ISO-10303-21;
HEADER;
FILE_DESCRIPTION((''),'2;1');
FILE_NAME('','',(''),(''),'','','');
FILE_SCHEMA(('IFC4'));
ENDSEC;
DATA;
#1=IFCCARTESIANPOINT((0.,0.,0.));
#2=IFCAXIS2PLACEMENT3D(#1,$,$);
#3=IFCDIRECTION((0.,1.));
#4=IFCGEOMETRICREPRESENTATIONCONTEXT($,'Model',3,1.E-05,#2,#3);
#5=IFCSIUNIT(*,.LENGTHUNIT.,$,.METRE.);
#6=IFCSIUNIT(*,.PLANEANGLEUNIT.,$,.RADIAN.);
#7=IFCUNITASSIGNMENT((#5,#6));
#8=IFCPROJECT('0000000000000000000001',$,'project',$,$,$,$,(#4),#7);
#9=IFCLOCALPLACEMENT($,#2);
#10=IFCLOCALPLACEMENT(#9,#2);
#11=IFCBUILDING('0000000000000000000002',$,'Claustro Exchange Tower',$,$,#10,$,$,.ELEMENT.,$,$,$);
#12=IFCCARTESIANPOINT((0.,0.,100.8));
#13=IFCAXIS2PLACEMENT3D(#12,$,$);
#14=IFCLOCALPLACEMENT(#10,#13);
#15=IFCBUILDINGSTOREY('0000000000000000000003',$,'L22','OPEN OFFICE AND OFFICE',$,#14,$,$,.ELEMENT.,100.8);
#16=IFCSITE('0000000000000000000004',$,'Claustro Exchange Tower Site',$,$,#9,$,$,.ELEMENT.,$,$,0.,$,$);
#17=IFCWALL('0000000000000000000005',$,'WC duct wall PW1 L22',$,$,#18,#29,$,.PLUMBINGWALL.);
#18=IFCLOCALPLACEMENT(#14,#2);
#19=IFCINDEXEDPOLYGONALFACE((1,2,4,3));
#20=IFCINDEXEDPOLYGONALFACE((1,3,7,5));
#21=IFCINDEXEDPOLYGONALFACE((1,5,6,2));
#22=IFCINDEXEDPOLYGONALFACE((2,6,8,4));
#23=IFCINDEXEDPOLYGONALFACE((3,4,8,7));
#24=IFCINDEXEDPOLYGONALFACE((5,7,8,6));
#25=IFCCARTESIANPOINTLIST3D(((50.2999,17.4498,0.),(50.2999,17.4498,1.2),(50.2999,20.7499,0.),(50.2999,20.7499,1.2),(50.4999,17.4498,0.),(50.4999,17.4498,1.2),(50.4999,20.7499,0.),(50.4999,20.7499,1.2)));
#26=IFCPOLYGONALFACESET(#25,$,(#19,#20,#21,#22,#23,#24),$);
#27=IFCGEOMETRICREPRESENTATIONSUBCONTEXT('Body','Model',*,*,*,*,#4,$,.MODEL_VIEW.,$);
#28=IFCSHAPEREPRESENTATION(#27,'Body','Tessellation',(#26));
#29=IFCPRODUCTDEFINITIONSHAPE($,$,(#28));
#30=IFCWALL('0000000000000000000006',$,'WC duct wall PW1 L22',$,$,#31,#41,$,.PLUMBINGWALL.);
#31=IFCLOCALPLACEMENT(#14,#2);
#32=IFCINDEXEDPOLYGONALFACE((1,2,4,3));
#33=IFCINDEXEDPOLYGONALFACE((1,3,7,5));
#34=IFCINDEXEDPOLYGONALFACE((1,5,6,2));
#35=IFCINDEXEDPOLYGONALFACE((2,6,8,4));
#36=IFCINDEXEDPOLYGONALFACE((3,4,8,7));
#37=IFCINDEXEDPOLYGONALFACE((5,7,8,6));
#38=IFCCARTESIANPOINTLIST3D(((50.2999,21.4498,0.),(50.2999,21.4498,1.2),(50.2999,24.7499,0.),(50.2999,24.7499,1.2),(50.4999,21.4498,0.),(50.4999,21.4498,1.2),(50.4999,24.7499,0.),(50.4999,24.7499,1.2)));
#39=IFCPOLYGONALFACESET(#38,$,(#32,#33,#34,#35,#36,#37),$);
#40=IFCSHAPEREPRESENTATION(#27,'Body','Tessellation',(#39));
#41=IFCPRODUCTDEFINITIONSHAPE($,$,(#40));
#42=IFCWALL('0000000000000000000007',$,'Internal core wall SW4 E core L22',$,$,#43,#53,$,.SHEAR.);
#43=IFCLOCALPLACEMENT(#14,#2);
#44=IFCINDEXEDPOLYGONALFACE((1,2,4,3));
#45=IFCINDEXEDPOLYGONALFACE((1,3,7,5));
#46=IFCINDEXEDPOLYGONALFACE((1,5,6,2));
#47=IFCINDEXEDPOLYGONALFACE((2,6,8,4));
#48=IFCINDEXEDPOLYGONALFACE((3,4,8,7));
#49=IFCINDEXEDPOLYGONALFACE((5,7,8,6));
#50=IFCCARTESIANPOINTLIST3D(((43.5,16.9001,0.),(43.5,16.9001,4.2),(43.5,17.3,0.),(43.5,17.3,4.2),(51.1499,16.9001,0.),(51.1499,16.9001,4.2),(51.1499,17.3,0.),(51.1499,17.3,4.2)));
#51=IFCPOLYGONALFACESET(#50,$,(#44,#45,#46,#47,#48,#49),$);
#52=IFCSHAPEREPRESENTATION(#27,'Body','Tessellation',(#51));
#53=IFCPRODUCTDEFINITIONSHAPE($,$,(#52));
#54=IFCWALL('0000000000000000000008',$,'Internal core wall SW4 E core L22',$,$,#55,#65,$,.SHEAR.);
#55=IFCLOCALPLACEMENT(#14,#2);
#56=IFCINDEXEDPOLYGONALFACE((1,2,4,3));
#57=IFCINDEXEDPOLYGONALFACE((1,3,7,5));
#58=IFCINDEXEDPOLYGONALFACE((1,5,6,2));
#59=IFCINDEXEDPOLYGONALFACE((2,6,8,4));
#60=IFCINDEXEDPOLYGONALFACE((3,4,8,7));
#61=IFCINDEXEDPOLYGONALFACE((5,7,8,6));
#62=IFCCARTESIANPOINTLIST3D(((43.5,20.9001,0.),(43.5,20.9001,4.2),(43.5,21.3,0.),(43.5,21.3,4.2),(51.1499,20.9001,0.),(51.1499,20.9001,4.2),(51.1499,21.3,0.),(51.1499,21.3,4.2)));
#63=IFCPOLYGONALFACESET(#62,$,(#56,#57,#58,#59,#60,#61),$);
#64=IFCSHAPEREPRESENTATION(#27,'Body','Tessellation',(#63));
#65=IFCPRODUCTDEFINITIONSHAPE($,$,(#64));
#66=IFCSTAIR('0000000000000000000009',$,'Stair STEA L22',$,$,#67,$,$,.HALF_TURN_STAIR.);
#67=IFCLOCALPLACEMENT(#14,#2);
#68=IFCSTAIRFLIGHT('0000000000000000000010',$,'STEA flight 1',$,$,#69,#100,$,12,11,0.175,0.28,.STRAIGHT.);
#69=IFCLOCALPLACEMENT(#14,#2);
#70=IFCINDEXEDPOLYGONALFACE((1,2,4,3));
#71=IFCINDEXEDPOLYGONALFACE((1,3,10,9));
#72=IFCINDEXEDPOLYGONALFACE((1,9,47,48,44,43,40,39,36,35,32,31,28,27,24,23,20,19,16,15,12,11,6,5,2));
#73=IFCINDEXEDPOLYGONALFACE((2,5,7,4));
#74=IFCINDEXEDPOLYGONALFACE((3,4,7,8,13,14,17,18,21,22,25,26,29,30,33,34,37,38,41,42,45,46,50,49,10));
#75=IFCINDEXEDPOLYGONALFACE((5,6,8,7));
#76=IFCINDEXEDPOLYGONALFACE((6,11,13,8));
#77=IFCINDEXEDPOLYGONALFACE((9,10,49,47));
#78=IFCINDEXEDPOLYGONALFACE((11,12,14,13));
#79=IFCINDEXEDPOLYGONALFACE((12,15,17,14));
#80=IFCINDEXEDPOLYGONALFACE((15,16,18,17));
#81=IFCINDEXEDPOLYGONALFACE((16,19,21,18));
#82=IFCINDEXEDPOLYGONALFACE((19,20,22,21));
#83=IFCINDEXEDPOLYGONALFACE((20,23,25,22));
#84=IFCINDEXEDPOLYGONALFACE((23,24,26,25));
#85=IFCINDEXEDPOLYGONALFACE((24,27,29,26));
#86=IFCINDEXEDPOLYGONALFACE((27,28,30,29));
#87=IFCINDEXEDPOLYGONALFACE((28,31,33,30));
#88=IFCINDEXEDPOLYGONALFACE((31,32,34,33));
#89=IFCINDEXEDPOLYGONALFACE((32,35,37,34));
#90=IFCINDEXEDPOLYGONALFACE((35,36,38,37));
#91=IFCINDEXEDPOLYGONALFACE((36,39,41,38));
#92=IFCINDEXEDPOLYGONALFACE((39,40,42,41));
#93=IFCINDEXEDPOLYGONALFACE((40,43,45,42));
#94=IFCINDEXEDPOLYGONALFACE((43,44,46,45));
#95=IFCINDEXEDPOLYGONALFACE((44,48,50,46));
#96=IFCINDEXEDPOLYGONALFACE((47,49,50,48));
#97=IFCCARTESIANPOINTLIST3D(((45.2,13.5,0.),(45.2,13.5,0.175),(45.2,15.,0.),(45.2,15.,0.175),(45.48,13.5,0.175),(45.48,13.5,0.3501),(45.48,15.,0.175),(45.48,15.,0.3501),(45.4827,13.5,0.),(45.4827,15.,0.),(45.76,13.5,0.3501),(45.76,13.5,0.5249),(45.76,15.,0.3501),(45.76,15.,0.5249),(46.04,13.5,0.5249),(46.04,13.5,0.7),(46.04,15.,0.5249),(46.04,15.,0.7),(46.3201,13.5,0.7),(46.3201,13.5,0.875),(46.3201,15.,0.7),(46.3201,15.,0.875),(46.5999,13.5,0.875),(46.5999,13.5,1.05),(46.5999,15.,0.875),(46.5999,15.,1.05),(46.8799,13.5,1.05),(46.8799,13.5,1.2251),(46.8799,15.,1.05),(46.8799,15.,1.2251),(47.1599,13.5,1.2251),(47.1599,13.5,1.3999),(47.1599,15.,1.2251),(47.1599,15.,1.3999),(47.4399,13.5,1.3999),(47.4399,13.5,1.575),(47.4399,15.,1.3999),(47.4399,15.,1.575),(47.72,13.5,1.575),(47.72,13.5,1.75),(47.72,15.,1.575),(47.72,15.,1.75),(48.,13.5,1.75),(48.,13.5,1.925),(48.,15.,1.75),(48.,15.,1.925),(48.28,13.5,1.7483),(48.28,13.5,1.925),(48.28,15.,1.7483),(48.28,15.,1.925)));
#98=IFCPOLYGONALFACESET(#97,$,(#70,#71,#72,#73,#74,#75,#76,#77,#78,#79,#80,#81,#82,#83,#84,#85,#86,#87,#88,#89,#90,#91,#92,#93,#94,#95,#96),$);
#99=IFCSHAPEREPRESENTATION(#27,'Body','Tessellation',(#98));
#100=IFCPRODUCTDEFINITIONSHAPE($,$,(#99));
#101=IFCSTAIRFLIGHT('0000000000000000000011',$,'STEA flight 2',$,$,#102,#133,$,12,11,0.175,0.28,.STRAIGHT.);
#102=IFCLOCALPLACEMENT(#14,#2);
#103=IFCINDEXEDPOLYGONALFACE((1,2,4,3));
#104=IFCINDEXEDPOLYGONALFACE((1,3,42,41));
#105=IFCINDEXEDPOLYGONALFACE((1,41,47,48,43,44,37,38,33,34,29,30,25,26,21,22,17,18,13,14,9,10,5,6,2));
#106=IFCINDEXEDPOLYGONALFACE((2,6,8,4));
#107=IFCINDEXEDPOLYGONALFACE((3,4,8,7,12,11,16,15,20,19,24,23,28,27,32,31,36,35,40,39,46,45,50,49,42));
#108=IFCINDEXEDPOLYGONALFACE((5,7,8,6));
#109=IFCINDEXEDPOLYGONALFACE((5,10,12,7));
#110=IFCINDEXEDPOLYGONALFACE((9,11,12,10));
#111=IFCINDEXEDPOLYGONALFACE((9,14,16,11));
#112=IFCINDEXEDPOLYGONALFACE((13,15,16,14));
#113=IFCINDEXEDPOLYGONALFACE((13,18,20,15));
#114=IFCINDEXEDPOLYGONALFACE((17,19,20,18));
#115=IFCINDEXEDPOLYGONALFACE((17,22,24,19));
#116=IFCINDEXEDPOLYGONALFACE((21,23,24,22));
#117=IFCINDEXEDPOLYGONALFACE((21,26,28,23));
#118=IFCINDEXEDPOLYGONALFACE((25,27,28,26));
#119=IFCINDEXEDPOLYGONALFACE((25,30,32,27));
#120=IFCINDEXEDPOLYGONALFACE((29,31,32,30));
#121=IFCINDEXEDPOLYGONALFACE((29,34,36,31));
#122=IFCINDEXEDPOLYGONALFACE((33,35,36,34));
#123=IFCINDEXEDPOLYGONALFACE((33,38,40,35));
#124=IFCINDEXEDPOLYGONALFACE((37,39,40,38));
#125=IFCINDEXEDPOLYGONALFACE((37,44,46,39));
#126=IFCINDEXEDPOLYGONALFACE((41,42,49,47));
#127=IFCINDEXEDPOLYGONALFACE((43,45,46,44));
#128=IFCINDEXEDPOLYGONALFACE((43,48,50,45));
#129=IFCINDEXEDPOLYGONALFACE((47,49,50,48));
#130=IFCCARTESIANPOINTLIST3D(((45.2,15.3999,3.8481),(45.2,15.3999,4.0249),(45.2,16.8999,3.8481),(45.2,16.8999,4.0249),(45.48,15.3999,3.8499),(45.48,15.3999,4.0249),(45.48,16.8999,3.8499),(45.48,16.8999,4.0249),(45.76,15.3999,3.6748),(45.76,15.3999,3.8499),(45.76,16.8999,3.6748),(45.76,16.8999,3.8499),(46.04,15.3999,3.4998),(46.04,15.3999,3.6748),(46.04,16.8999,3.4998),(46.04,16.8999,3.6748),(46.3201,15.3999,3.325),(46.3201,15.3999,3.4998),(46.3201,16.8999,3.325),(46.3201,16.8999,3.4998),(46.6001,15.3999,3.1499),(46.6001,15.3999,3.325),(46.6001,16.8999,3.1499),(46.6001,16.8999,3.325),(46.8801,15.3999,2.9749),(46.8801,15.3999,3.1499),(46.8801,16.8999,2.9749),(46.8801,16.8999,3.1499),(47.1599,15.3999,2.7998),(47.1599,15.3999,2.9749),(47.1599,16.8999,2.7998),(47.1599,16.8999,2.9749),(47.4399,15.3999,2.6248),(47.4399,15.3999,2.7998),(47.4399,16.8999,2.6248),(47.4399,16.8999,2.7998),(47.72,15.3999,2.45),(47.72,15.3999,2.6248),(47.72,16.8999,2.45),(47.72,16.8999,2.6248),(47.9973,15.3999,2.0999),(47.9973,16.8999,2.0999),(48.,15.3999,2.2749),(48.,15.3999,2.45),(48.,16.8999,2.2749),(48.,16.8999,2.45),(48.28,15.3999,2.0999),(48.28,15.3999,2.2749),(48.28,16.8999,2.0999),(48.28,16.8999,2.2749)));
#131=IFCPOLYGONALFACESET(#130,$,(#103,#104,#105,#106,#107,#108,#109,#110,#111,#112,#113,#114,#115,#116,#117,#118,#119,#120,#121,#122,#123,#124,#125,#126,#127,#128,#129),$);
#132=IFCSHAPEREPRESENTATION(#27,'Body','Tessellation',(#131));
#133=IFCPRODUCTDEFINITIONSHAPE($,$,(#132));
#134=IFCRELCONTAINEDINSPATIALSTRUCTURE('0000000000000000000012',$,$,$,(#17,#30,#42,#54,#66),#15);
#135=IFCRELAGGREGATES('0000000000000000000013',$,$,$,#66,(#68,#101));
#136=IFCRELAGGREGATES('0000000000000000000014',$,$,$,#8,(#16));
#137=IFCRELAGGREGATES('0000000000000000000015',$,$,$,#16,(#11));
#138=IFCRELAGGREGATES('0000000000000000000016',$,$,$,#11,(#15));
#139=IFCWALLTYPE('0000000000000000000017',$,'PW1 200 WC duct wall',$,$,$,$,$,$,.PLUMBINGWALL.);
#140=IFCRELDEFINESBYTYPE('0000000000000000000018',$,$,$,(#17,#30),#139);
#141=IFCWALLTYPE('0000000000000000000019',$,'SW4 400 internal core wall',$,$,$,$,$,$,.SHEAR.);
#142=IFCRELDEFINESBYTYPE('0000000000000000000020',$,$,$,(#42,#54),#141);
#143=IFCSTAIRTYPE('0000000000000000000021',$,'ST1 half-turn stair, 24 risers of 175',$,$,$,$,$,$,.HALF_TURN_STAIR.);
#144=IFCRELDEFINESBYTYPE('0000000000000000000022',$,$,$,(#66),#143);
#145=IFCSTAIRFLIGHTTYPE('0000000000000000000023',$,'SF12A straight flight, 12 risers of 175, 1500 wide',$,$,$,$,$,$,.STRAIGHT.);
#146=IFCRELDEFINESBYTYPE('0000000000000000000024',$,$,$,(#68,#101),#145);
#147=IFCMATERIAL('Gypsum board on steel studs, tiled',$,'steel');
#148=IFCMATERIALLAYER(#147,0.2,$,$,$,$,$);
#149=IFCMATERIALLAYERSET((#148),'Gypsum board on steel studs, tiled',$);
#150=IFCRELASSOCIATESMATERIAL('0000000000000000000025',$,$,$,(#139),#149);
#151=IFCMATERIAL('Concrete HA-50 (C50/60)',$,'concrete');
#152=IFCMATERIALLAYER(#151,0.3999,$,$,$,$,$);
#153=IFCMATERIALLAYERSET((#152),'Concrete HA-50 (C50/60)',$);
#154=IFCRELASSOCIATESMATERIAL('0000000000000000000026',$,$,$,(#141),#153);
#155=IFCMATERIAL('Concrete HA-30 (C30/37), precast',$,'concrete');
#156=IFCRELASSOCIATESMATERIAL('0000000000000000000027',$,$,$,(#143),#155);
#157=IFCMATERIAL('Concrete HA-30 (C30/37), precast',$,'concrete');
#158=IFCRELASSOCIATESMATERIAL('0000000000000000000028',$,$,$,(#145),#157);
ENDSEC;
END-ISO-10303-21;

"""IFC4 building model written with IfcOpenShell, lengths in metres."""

from ifc_helpers import new_model, si_unit, direction, frame, frame_2d, origin, place, context, subcontext, project, spatial, polyline, rectangle, outline, extrude, material, layer, layer_set, type_object, element, aggregate, save


model = new_model("IFC4")

# Units and contexts
model_context = context("Model", 3, precision=1e-05, world=origin(), true_north=direction((0.0, 1.0)))
body_context = subcontext(model_context, "Body", "Model", "MODEL_VIEW")
ifc_project = project(units=[si_unit("LENGTHUNIT", "METRE"), si_unit("PLANEANGLEUNIT", "RADIAN")], contexts=[model_context])

# Site, building, storey
site_placement = place(None, origin())
site = spatial("IfcSite", under=ifc_project, at=site_placement, Name="Claustro Exchange Tower Site", CompositionType="ELEMENT", RefElevation=0.0)
building_placement = place(site_placement, origin())
building = spatial("IfcBuilding", under=site, at=building_placement, Name="Claustro Exchange Tower", CompositionType="ELEMENT")
storey_placement = place(building_placement, frame((0.0, 0.0, 100.8)))
storey = spatial("IfcBuildingStorey", under=building, at=storey_placement, Name="L22", Description="OPEN OFFICE AND OFFICE", CompositionType="ELEMENT", Elevation=100.8)

# Walls
ifc_material_1 = material(Name="Gypsum board on steel studs, tiled", Category="steel")
ifc_layer_1 = layer(ifc_material_1, 0.2)
ifc_layer_set_1 = layer_set([ifc_layer_1], Name="Gypsum board on steel studs, tiled")
wall_type_1 = type_object("IfcWallType", Name="PW1 200 WC duct wall", PredefinedType="PLUMBINGWALL", material=ifc_layer_set_1)
for number, where, z_axis, x_axis, name in (
    (1, (50.3999, 17.45, 0.0), (0.0, 0.0, 1.0), (0.0, 1.0, 0.0), "WC duct wall PW1 L22"),
    (2, (50.3999, 21.45, 0.0), (0.0, 0.0, 1.0), (0.0, 1.0, 0.0), "WC duct wall PW1 L22"),
):
    element("IfcWall", number, at=place(storey_placement, frame(where, z_axis=z_axis, x_axis=x_axis)), inside=storey, type_object=wall_type_1, Name=name, PredefinedType="PLUMBINGWALL", context=body_context, shape_type="SweptSolid", body=[
        extrude(rectangle(XDim=3.3, YDim=0.2, at=frame_2d((1.6499, 0.0))), origin(), (0.0, 0.0, 1.0), 1.2),
    ])
ifc_material_2 = material(Name="Concrete HA-50 (C50/60)", Category="concrete")
ifc_layer_2 = layer(ifc_material_2, 0.3999)
ifc_layer_set_2 = layer_set([ifc_layer_2], Name="Concrete HA-50 (C50/60)")
wall_type_2 = type_object("IfcWallType", Name="SW4 400 internal core wall", PredefinedType="SHEAR", material=ifc_layer_set_2)
for number, where, z_axis, x_axis, name in (
    (3, (51.1499, 17.1001, 0.0), (0.0, 0.0, 1.0), (-1.0, 0.0, 0.0), "Internal core wall SW4 E core L22"),
    (4, (51.1499, 21.1001, 0.0), (0.0, 0.0, 1.0), (-1.0, 0.0, 0.0), "Internal core wall SW4 E core L22"),
):
    element("IfcWall", number, at=place(storey_placement, frame(where, z_axis=z_axis, x_axis=x_axis)), inside=storey, type_object=wall_type_2, Name=name, PredefinedType="SHEAR", context=body_context, shape_type="SweptSolid", body=[
        extrude(rectangle(XDim=7.6499, YDim=0.3999, at=frame_2d((3.825, 0.0))), origin(), (0.0, 0.0, 1.0), 4.2),
    ])

# Stair, stair flights
ifc_material_3 = material(Name="Concrete HA-30 (C30/37), precast", Category="concrete")
stair_type = type_object("IfcStairType", Name="ST1 half-turn stair, 24 risers of 175", PredefinedType="HALF_TURN_STAIR", material=ifc_material_3)
stair_placement = place(storey_placement, origin())
stair = element("IfcStair", 5, at=stair_placement, inside=storey, type_object=stair_type, Name="Stair STEA L22", PredefinedType="HALF_TURN_STAIR")
ifc_material_4 = material(Name="Concrete HA-30 (C30/37), precast", Category="concrete")
stair_flight_type = type_object("IfcStairFlightType", Name="SF12A straight flight, 12 risers of 175, 1500 wide", PredefinedType="STRAIGHT", material=ifc_material_4)
stair_flight_1_placement = place(storey_placement, frame((45.2, 14.25, 0.0), z_axis=(0.0, 0.0, 1.0), x_axis=(1.0, 0.0, 0.0)))
stair_flight_1 = element("IfcStairFlight", 6, at=stair_flight_1_placement, type_object=stair_flight_type, Name="STEA flight 1", NumberOfRisers=12, NumberOfTreads=11, PredefinedType="STRAIGHT", RiserHeight=0.175, TreadLength=0.28, context=body_context, shape_type="SweptSolid", body=[
    extrude(outline(polyline([(0.0, 0.0), (0.0, 0.175), (0.28, 0.175), (0.28, 0.3501), (0.5601, 0.3501), (0.5601, 0.5249), (0.8401, 0.5249), (0.8401, 0.7), (1.1201, 0.7), (1.1201, 0.875), (1.3999, 0.875), (1.3999, 1.05), (1.6799, 1.05), (1.6799, 1.2251), (1.96, 1.2251), (1.96, 1.3999), (2.24, 1.3999), (2.24, 1.575), (2.52, 1.575), (2.52, 1.75), (2.8, 1.75), (2.8, 1.925), (3.0801, 1.925), (3.0801, 2.1001), (3.0801, 1.7483), (0.2827, 0.0), (0.0, 0.0)])), frame((0.0, 0.75, 0.0), z_axis=(0.0, -1.0, 0.0), x_axis=(1.0, 0.0, 0.0)), (0.0, 0.0, 1.0), 1.5),
])
stair_flight_2_placement = place(storey_placement, frame((48.28, 16.1499, 2.0999), z_axis=(0.0, 0.0, 1.0), x_axis=(-1.0, 0.0, 0.0)))
stair_flight_2 = element("IfcStairFlight", 7, at=stair_flight_2_placement, type_object=stair_flight_type, Name="STEA flight 2", NumberOfRisers=12, NumberOfTreads=11, PredefinedType="STRAIGHT", RiserHeight=0.175, TreadLength=0.28, context=body_context, shape_type="SweptSolid", body=[
    extrude(outline(polyline([(0.0, 0.0), (0.0, 0.175), (0.28, 0.175), (0.28, 0.3501), (0.5601, 0.3501), (0.5601, 0.5249), (0.8401, 0.5249), (0.8401, 0.7), (1.1201, 0.7), (1.1201, 0.875), (1.3999, 0.875), (1.3999, 1.05), (1.6799, 1.05), (1.6799, 1.2251), (1.96, 1.2251), (1.96, 1.3999), (2.24, 1.3999), (2.24, 1.575), (2.52, 1.575), (2.52, 1.75), (2.8, 1.75), (2.8, 1.925), (3.0801, 1.925), (3.0801, 2.1001), (3.0801, 1.7483), (0.2827, 0.0), (0.0, 0.0)])), frame((0.0, 0.75, 0.0), z_axis=(0.0, -1.0, 0.0), x_axis=(1.0, 0.0, 0.0)), (0.0, 0.0, 1.0), 1.5),
])
aggregate(stair, [stair_flight_1, stair_flight_2])

save(model, "model.ifc")
